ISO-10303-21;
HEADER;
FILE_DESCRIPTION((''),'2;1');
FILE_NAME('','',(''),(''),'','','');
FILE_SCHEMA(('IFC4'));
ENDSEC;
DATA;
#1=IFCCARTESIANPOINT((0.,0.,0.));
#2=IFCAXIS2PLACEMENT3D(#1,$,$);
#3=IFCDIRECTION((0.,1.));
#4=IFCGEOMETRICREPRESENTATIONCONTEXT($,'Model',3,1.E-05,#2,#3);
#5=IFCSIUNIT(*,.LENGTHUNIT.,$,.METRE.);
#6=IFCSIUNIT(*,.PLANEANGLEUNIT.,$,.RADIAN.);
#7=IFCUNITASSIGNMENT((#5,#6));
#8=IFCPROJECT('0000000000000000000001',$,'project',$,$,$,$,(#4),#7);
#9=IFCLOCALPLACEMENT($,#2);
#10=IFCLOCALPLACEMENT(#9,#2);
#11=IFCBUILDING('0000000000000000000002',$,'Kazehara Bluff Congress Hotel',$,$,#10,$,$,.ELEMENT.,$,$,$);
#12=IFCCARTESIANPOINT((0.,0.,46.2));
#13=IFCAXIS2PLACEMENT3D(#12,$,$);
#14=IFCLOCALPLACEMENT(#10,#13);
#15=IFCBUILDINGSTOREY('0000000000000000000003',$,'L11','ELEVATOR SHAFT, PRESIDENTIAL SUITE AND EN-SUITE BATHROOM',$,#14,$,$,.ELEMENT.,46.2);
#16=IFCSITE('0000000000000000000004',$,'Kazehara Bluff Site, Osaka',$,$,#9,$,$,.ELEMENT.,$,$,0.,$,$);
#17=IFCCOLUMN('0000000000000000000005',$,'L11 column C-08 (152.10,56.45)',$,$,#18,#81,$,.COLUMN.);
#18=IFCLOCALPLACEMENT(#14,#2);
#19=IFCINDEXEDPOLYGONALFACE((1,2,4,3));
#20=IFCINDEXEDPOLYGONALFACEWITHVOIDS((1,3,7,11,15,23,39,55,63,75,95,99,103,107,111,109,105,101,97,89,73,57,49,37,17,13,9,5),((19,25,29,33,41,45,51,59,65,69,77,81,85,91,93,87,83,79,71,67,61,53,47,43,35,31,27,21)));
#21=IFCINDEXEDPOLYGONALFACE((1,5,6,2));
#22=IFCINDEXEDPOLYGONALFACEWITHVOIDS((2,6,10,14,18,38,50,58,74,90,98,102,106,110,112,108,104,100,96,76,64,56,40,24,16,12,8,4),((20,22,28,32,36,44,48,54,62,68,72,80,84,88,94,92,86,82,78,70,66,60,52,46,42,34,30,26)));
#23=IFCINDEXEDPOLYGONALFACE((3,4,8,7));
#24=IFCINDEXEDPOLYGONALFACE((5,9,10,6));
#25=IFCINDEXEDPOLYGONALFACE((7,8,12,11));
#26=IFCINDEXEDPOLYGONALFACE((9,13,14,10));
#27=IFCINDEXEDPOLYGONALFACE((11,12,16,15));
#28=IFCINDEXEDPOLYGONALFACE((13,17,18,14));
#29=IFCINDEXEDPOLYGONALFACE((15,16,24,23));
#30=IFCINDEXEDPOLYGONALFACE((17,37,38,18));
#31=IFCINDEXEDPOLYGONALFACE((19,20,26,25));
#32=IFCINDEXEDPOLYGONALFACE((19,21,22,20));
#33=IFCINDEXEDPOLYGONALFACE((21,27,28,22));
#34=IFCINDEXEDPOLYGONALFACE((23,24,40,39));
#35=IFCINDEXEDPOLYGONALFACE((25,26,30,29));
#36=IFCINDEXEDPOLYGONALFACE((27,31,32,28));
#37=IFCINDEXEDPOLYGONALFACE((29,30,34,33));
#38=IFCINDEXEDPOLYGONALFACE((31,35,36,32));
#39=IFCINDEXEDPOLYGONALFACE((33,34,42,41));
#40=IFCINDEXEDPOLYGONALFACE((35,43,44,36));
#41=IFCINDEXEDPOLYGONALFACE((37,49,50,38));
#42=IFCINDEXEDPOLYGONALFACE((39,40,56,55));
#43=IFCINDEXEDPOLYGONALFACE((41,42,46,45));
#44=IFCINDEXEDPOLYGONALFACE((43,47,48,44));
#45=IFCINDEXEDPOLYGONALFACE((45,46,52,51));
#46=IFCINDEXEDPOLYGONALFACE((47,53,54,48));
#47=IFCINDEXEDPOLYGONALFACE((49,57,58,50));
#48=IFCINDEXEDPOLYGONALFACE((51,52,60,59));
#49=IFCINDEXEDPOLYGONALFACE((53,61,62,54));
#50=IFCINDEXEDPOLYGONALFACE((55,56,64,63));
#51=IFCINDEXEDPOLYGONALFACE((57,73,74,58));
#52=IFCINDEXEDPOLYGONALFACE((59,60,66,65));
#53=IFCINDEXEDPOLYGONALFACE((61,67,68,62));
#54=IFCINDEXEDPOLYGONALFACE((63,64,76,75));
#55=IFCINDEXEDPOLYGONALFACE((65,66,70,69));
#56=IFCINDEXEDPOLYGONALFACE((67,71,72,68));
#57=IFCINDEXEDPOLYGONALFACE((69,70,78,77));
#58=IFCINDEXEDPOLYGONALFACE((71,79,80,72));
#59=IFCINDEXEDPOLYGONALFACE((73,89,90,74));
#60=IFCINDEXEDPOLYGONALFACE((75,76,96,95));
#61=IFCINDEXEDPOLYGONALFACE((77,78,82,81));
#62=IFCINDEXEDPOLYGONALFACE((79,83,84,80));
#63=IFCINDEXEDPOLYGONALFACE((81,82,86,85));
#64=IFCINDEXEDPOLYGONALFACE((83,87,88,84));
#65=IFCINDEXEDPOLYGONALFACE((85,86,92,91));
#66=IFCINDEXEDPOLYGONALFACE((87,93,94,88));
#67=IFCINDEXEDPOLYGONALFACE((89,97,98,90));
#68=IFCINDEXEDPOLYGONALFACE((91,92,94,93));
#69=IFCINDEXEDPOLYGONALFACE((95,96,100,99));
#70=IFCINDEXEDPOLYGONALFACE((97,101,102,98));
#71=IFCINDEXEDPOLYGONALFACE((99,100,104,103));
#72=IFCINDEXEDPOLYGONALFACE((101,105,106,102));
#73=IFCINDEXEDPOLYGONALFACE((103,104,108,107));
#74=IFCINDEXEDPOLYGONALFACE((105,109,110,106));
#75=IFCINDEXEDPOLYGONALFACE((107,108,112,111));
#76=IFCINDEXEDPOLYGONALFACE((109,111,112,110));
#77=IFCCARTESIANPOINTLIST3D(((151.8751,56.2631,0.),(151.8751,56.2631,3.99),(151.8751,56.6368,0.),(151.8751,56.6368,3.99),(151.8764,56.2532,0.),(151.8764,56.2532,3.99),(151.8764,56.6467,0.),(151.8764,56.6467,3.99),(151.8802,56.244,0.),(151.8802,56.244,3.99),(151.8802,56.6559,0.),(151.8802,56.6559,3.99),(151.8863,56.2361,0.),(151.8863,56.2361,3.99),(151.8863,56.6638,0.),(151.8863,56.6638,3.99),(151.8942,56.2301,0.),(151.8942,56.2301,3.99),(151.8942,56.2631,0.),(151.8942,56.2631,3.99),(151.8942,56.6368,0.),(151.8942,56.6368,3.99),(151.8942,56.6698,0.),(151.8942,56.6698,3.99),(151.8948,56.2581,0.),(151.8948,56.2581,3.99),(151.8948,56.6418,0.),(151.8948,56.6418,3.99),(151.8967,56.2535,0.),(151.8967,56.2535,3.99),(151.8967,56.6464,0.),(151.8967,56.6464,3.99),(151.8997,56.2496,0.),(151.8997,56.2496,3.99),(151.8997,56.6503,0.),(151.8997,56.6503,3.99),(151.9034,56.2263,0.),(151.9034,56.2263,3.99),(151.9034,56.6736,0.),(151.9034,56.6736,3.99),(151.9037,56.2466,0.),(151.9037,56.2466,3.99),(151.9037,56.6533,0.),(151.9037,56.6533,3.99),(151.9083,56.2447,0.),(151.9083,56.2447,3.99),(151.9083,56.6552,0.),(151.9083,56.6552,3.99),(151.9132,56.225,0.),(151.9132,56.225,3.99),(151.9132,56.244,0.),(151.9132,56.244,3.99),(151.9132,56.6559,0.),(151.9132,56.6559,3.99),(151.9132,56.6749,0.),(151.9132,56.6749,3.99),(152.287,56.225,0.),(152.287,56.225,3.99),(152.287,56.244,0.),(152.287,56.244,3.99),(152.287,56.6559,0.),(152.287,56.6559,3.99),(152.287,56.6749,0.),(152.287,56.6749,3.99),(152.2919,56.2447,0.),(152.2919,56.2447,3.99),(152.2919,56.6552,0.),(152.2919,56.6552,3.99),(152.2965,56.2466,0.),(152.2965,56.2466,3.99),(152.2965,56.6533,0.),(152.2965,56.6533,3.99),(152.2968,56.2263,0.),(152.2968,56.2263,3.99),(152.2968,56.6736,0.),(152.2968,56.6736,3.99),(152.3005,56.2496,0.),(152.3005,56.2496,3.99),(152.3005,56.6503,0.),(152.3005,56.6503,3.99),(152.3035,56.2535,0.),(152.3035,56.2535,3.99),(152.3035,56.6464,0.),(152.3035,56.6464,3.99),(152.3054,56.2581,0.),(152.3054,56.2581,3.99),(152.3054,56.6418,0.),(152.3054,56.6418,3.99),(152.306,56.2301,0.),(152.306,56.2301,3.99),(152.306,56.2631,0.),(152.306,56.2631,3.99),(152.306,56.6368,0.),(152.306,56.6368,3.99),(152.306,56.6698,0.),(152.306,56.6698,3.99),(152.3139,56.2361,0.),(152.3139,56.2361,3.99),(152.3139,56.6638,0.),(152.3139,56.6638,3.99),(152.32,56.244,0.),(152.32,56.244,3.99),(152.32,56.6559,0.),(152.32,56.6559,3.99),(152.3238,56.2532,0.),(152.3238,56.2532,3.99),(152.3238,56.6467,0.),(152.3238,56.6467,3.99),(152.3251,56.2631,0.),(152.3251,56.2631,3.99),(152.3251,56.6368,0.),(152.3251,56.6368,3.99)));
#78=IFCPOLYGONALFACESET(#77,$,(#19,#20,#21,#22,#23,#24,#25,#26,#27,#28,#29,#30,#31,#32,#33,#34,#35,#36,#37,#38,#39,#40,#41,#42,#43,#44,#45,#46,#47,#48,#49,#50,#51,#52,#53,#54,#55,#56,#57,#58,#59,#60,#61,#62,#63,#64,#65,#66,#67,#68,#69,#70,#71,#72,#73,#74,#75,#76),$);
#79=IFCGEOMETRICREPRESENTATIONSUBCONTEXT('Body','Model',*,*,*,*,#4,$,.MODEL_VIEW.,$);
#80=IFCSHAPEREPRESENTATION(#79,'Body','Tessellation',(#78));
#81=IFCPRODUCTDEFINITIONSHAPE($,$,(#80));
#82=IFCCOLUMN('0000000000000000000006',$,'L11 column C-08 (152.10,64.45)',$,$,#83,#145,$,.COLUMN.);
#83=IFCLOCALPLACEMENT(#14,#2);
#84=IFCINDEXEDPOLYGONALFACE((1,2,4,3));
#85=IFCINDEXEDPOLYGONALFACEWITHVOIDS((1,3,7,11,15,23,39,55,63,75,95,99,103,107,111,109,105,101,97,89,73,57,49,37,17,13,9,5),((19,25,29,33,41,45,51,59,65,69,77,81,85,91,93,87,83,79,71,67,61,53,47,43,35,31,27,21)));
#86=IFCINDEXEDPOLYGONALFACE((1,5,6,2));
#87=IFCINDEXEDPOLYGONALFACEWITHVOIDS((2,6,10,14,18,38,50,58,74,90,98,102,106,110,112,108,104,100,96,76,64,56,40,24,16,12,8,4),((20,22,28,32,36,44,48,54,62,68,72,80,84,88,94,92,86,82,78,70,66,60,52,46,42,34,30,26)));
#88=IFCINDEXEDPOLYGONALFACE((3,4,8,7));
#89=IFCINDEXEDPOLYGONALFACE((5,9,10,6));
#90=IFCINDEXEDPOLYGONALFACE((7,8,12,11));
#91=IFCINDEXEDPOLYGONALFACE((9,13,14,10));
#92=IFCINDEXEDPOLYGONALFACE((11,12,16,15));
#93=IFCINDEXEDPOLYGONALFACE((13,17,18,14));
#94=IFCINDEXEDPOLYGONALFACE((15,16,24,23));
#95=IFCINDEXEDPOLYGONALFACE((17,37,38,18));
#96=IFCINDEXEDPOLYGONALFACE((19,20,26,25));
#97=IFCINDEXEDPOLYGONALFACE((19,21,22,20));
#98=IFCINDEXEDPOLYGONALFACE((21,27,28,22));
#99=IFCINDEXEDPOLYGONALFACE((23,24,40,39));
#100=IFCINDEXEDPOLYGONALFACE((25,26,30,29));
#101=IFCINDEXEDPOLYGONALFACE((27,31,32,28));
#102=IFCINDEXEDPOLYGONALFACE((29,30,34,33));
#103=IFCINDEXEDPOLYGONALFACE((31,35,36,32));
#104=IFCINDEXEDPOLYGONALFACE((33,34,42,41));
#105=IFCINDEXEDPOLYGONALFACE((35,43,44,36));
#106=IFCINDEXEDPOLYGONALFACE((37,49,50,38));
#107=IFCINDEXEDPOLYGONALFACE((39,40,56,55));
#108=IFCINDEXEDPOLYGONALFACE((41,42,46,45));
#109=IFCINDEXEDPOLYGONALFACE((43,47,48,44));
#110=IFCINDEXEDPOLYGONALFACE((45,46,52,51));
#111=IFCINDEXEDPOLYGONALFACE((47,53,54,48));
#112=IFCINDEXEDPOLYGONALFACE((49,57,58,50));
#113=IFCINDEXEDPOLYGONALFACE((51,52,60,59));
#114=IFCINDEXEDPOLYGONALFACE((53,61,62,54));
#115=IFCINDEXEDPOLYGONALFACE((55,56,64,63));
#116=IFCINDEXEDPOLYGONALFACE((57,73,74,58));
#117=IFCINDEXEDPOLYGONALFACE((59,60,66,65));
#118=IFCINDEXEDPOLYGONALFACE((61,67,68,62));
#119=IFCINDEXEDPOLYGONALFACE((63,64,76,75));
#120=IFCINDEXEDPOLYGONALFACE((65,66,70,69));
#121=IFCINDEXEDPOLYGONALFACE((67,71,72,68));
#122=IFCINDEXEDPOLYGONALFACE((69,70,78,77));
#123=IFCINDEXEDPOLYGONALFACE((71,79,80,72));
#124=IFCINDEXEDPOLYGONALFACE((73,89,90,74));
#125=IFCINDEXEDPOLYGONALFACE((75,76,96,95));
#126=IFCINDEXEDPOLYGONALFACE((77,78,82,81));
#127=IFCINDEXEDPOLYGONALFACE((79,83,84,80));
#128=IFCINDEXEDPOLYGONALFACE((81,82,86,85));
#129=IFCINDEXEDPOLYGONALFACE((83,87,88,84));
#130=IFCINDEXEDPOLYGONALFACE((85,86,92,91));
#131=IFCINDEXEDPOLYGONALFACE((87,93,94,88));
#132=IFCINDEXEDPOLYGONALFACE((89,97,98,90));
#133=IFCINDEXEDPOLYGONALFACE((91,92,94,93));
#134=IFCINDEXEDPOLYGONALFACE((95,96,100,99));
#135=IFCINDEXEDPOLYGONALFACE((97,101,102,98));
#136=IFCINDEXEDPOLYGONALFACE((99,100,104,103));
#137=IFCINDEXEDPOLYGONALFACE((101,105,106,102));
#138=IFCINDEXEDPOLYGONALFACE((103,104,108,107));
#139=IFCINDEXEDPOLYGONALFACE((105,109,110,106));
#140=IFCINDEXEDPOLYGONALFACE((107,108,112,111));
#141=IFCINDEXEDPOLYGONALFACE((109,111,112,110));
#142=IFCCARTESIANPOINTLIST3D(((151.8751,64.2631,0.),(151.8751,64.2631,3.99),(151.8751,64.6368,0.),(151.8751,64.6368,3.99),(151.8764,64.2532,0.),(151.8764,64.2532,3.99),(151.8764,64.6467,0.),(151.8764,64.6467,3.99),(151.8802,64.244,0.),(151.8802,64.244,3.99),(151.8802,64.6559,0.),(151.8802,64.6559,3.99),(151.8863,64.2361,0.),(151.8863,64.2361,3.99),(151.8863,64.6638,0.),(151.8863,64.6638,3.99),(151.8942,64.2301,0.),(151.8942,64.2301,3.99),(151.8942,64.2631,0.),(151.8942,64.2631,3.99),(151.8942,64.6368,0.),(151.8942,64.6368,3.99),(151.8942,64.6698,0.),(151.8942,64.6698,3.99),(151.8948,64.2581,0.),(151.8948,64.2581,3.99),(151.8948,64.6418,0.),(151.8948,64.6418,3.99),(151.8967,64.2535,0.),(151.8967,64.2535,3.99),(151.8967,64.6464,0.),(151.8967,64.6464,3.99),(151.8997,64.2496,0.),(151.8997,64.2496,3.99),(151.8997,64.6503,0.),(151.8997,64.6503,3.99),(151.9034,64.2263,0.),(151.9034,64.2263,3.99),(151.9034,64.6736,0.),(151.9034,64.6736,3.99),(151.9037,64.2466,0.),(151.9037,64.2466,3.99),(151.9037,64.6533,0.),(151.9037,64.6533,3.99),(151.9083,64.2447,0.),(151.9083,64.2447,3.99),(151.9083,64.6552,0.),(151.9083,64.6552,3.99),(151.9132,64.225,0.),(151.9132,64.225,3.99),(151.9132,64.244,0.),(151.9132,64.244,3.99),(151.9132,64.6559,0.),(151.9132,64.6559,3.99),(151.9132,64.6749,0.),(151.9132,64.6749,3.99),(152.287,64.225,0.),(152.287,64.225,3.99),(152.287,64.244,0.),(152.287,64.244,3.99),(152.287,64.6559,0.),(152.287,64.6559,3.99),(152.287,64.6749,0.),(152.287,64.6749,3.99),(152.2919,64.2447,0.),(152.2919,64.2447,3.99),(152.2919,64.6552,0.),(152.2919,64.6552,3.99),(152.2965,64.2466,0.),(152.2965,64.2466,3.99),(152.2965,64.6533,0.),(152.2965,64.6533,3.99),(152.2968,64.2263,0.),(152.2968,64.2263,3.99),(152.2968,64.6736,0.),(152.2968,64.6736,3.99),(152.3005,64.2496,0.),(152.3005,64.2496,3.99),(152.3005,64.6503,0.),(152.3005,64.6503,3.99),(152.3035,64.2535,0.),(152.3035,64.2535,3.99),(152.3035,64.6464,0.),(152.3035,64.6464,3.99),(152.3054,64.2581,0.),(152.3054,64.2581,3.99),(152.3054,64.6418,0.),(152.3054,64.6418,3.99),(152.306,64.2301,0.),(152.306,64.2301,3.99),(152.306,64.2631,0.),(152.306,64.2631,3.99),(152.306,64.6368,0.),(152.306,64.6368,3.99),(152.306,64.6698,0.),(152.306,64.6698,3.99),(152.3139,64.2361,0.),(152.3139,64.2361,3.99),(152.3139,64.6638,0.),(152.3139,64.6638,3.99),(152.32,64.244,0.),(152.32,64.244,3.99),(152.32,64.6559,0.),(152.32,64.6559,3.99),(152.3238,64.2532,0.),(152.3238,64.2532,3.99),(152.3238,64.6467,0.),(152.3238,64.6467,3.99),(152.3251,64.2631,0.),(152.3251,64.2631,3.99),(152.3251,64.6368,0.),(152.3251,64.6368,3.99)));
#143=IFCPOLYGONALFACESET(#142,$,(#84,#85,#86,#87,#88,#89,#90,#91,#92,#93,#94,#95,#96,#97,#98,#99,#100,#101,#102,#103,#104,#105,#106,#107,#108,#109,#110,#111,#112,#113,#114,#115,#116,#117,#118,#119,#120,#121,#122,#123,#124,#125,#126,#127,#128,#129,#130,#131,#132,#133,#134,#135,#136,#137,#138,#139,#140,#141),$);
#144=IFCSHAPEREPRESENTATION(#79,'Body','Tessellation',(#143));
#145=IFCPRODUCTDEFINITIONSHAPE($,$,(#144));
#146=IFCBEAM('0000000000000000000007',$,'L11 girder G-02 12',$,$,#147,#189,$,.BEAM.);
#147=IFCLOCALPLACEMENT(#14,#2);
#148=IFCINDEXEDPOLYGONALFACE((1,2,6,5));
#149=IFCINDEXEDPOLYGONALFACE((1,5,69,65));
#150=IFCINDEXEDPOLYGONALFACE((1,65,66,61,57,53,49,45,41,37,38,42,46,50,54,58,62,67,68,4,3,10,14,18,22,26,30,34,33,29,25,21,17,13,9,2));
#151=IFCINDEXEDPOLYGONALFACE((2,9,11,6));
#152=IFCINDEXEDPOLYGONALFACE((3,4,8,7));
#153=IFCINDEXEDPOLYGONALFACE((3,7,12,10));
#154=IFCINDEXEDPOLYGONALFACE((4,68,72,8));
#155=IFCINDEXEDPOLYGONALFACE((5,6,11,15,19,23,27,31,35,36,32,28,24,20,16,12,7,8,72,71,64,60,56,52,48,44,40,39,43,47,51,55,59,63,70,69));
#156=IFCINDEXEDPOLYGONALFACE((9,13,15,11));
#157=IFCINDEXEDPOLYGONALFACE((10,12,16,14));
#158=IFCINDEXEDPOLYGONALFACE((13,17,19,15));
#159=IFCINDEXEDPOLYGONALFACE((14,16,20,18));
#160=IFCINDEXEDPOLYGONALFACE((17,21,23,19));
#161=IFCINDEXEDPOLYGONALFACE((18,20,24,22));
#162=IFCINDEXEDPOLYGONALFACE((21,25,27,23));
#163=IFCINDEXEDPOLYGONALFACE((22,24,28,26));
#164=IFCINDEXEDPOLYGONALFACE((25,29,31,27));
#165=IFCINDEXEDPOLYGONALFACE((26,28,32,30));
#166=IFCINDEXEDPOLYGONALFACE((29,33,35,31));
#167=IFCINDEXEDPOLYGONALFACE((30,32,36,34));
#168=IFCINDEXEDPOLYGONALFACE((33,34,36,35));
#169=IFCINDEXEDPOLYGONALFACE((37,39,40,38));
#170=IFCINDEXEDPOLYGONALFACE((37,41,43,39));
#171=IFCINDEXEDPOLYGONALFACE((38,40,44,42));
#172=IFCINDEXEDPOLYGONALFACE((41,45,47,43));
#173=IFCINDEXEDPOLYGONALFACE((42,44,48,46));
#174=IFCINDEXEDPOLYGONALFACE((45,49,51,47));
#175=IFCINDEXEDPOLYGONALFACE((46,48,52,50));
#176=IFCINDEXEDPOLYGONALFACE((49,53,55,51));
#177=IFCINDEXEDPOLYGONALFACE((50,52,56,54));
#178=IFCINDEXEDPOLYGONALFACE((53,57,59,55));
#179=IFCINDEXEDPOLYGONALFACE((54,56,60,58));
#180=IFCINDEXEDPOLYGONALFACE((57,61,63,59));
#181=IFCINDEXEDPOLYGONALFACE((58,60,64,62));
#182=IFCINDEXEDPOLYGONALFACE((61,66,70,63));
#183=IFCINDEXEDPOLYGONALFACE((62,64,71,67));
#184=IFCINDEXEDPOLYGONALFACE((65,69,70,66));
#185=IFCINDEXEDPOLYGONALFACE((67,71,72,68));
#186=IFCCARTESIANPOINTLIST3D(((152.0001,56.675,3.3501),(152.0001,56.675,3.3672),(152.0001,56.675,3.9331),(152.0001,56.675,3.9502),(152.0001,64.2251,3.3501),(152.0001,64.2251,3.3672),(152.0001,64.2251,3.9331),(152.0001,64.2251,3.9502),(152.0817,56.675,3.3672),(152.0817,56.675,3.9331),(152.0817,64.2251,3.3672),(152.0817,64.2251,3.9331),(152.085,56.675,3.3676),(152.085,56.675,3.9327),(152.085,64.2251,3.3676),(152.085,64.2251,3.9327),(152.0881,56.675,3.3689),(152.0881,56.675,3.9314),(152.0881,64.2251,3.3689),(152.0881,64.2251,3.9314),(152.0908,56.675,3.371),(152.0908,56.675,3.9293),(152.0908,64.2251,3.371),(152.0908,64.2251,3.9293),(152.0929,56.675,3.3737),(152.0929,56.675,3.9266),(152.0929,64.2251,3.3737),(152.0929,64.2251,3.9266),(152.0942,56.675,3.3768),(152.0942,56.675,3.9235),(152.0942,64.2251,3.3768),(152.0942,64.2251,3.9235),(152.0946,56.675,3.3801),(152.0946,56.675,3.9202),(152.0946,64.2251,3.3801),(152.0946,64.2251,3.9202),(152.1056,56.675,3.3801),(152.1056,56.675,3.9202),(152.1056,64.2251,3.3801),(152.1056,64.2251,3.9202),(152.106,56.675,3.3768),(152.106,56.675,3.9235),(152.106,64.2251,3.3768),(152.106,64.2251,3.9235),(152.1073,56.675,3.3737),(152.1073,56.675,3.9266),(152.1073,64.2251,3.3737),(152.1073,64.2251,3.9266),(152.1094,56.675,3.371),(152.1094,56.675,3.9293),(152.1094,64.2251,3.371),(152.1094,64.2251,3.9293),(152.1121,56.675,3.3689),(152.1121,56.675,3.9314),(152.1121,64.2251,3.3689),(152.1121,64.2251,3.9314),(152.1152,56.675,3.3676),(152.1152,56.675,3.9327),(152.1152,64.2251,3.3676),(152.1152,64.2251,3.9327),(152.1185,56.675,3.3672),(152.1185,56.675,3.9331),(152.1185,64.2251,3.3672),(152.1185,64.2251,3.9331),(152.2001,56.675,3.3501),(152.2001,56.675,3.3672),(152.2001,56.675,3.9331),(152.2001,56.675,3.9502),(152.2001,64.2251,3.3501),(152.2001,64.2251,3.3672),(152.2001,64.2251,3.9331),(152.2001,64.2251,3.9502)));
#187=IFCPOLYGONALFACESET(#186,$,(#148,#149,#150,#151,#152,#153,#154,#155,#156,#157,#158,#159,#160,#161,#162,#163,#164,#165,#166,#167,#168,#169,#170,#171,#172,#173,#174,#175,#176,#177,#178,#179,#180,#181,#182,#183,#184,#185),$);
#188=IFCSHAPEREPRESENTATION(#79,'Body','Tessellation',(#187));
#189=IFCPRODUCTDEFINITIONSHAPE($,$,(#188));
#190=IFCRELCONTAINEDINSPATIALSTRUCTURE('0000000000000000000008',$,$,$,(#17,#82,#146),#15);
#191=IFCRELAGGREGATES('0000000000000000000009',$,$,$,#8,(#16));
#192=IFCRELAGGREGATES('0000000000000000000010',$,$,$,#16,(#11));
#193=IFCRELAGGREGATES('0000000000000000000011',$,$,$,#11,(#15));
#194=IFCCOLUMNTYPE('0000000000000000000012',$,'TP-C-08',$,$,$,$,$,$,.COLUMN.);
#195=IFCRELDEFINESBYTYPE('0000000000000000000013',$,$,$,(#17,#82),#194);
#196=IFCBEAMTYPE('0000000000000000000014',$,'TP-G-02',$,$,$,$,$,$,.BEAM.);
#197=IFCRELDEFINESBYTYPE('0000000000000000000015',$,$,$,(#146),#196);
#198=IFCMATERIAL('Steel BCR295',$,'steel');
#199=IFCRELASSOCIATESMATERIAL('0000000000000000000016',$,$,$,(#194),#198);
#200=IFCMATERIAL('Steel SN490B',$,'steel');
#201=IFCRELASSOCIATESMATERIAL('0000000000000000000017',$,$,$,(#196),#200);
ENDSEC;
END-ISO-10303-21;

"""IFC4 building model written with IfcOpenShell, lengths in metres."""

from ifc_helpers import new_model, si_unit, direction, frame, origin, origin_2d, place, context, subcontext, project, spatial, hollow_rectangle, i_section, extrude, material, material_profile, profile_set, type_object, element, save


model = new_model("IFC4")

# Units and contexts
model_context = context("Model", 3, precision=1e-05, world=origin(), true_north=direction((0.0, 1.0)))
body_context = subcontext(model_context, "Body", "Model", "MODEL_VIEW")
ifc_project = project(units=[si_unit("LENGTHUNIT", "METRE"), si_unit("PLANEANGLEUNIT", "RADIAN")], contexts=[model_context])

# Site, building, storey
site_placement = place(None, origin())
site = spatial("IfcSite", under=ifc_project, at=site_placement, Name="Kazehara Bluff Site, Osaka", CompositionType="ELEMENT", RefElevation=0.0)
building_placement = place(site_placement, origin())
building = spatial("IfcBuilding", under=site, at=building_placement, Name="Kazehara Bluff Congress Hotel", CompositionType="ELEMENT")
storey_placement = place(building_placement, frame((0.0, 0.0, 46.2)))
storey = spatial("IfcBuildingStorey", under=building, at=storey_placement, Name="L11", Description="ELEVATOR SHAFT, PRESIDENTIAL SUITE AND EN-SUITE BATHROOM", CompositionType="ELEMENT", Elevation=46.2)

# Columns
ifc_material_1 = material(Name="Steel BCR295", Category="steel")
ifc_material_profile_1 = material_profile(ifc_material_1, hollow_rectangle(XDim=0.45, YDim=0.45, WallThickness=0.019, InnerFilletRadius=0.019, OuterFilletRadius=0.0381, at=origin_2d()))
ifc_profile_set_1 = profile_set([ifc_material_profile_1], Name="Steel BCR295")
column_type = type_object("IfcColumnType", Name="TP-C-08", PredefinedType="COLUMN", material=ifc_profile_set_1)
for number, where, z_axis, x_axis, name in (
    (1, (152.1001, 56.45, 0.0), (0.0, 0.0, 1.0), (1.0, 0.0, 0.0), "L11 column C-08 (152.10,56.45)"),
    (2, (152.1001, 64.45, 0.0), (0.0, 0.0, 1.0), (1.0, 0.0, 0.0), "L11 column C-08 (152.10,64.45)"),
):
    element("IfcColumn", number, at=place(storey_placement, frame(where, z_axis=z_axis, x_axis=x_axis)), inside=storey, type_object=column_type, Name=name, PredefinedType="COLUMN", context=body_context, shape_type="SweptSolid", body=[
        extrude(hollow_rectangle(XDim=0.45, YDim=0.45, WallThickness=0.019, InnerFilletRadius=0.019, OuterFilletRadius=0.0381, at=origin_2d()), origin(), (0.0, 0.0, 1.0), 3.99),
    ])

# Beam
ifc_material_2 = material(Name="Steel SN490B", Category="steel")
ifc_material_profile_2 = material_profile(ifc_material_2, i_section(OverallWidth=0.2, OverallDepth=0.6001, WebThickness=0.011, FlangeThickness=0.0171, FilletRadius=0.0129, at=origin_2d()))
ifc_profile_set_2 = profile_set([ifc_material_profile_2], Name="Steel SN490B")
beam_type_1 = type_object("IfcBeamType", Name="TP-G-02", PredefinedType="BEAM", material=ifc_profile_set_2)
beam_1_placement = place(storey_placement, frame((152.1001, 56.675, 3.6501), z_axis=(0.0, 1.0, 0.0), x_axis=(-1.0, 0.0, 0.0)))
element("IfcBeam", 3, at=beam_1_placement, inside=storey, type_object=beam_type_1, Name="L11 girder G-02 12", PredefinedType="BEAM", context=body_context, shape_type="SweptSolid", body=[
    extrude(i_section(OverallWidth=0.2, OverallDepth=0.6001, WebThickness=0.011, FlangeThickness=0.0171, FilletRadius=0.0129, at=origin_2d()), origin(), (0.0, 0.0, 1.0), 7.55),
])

save(model, "model.ifc")
